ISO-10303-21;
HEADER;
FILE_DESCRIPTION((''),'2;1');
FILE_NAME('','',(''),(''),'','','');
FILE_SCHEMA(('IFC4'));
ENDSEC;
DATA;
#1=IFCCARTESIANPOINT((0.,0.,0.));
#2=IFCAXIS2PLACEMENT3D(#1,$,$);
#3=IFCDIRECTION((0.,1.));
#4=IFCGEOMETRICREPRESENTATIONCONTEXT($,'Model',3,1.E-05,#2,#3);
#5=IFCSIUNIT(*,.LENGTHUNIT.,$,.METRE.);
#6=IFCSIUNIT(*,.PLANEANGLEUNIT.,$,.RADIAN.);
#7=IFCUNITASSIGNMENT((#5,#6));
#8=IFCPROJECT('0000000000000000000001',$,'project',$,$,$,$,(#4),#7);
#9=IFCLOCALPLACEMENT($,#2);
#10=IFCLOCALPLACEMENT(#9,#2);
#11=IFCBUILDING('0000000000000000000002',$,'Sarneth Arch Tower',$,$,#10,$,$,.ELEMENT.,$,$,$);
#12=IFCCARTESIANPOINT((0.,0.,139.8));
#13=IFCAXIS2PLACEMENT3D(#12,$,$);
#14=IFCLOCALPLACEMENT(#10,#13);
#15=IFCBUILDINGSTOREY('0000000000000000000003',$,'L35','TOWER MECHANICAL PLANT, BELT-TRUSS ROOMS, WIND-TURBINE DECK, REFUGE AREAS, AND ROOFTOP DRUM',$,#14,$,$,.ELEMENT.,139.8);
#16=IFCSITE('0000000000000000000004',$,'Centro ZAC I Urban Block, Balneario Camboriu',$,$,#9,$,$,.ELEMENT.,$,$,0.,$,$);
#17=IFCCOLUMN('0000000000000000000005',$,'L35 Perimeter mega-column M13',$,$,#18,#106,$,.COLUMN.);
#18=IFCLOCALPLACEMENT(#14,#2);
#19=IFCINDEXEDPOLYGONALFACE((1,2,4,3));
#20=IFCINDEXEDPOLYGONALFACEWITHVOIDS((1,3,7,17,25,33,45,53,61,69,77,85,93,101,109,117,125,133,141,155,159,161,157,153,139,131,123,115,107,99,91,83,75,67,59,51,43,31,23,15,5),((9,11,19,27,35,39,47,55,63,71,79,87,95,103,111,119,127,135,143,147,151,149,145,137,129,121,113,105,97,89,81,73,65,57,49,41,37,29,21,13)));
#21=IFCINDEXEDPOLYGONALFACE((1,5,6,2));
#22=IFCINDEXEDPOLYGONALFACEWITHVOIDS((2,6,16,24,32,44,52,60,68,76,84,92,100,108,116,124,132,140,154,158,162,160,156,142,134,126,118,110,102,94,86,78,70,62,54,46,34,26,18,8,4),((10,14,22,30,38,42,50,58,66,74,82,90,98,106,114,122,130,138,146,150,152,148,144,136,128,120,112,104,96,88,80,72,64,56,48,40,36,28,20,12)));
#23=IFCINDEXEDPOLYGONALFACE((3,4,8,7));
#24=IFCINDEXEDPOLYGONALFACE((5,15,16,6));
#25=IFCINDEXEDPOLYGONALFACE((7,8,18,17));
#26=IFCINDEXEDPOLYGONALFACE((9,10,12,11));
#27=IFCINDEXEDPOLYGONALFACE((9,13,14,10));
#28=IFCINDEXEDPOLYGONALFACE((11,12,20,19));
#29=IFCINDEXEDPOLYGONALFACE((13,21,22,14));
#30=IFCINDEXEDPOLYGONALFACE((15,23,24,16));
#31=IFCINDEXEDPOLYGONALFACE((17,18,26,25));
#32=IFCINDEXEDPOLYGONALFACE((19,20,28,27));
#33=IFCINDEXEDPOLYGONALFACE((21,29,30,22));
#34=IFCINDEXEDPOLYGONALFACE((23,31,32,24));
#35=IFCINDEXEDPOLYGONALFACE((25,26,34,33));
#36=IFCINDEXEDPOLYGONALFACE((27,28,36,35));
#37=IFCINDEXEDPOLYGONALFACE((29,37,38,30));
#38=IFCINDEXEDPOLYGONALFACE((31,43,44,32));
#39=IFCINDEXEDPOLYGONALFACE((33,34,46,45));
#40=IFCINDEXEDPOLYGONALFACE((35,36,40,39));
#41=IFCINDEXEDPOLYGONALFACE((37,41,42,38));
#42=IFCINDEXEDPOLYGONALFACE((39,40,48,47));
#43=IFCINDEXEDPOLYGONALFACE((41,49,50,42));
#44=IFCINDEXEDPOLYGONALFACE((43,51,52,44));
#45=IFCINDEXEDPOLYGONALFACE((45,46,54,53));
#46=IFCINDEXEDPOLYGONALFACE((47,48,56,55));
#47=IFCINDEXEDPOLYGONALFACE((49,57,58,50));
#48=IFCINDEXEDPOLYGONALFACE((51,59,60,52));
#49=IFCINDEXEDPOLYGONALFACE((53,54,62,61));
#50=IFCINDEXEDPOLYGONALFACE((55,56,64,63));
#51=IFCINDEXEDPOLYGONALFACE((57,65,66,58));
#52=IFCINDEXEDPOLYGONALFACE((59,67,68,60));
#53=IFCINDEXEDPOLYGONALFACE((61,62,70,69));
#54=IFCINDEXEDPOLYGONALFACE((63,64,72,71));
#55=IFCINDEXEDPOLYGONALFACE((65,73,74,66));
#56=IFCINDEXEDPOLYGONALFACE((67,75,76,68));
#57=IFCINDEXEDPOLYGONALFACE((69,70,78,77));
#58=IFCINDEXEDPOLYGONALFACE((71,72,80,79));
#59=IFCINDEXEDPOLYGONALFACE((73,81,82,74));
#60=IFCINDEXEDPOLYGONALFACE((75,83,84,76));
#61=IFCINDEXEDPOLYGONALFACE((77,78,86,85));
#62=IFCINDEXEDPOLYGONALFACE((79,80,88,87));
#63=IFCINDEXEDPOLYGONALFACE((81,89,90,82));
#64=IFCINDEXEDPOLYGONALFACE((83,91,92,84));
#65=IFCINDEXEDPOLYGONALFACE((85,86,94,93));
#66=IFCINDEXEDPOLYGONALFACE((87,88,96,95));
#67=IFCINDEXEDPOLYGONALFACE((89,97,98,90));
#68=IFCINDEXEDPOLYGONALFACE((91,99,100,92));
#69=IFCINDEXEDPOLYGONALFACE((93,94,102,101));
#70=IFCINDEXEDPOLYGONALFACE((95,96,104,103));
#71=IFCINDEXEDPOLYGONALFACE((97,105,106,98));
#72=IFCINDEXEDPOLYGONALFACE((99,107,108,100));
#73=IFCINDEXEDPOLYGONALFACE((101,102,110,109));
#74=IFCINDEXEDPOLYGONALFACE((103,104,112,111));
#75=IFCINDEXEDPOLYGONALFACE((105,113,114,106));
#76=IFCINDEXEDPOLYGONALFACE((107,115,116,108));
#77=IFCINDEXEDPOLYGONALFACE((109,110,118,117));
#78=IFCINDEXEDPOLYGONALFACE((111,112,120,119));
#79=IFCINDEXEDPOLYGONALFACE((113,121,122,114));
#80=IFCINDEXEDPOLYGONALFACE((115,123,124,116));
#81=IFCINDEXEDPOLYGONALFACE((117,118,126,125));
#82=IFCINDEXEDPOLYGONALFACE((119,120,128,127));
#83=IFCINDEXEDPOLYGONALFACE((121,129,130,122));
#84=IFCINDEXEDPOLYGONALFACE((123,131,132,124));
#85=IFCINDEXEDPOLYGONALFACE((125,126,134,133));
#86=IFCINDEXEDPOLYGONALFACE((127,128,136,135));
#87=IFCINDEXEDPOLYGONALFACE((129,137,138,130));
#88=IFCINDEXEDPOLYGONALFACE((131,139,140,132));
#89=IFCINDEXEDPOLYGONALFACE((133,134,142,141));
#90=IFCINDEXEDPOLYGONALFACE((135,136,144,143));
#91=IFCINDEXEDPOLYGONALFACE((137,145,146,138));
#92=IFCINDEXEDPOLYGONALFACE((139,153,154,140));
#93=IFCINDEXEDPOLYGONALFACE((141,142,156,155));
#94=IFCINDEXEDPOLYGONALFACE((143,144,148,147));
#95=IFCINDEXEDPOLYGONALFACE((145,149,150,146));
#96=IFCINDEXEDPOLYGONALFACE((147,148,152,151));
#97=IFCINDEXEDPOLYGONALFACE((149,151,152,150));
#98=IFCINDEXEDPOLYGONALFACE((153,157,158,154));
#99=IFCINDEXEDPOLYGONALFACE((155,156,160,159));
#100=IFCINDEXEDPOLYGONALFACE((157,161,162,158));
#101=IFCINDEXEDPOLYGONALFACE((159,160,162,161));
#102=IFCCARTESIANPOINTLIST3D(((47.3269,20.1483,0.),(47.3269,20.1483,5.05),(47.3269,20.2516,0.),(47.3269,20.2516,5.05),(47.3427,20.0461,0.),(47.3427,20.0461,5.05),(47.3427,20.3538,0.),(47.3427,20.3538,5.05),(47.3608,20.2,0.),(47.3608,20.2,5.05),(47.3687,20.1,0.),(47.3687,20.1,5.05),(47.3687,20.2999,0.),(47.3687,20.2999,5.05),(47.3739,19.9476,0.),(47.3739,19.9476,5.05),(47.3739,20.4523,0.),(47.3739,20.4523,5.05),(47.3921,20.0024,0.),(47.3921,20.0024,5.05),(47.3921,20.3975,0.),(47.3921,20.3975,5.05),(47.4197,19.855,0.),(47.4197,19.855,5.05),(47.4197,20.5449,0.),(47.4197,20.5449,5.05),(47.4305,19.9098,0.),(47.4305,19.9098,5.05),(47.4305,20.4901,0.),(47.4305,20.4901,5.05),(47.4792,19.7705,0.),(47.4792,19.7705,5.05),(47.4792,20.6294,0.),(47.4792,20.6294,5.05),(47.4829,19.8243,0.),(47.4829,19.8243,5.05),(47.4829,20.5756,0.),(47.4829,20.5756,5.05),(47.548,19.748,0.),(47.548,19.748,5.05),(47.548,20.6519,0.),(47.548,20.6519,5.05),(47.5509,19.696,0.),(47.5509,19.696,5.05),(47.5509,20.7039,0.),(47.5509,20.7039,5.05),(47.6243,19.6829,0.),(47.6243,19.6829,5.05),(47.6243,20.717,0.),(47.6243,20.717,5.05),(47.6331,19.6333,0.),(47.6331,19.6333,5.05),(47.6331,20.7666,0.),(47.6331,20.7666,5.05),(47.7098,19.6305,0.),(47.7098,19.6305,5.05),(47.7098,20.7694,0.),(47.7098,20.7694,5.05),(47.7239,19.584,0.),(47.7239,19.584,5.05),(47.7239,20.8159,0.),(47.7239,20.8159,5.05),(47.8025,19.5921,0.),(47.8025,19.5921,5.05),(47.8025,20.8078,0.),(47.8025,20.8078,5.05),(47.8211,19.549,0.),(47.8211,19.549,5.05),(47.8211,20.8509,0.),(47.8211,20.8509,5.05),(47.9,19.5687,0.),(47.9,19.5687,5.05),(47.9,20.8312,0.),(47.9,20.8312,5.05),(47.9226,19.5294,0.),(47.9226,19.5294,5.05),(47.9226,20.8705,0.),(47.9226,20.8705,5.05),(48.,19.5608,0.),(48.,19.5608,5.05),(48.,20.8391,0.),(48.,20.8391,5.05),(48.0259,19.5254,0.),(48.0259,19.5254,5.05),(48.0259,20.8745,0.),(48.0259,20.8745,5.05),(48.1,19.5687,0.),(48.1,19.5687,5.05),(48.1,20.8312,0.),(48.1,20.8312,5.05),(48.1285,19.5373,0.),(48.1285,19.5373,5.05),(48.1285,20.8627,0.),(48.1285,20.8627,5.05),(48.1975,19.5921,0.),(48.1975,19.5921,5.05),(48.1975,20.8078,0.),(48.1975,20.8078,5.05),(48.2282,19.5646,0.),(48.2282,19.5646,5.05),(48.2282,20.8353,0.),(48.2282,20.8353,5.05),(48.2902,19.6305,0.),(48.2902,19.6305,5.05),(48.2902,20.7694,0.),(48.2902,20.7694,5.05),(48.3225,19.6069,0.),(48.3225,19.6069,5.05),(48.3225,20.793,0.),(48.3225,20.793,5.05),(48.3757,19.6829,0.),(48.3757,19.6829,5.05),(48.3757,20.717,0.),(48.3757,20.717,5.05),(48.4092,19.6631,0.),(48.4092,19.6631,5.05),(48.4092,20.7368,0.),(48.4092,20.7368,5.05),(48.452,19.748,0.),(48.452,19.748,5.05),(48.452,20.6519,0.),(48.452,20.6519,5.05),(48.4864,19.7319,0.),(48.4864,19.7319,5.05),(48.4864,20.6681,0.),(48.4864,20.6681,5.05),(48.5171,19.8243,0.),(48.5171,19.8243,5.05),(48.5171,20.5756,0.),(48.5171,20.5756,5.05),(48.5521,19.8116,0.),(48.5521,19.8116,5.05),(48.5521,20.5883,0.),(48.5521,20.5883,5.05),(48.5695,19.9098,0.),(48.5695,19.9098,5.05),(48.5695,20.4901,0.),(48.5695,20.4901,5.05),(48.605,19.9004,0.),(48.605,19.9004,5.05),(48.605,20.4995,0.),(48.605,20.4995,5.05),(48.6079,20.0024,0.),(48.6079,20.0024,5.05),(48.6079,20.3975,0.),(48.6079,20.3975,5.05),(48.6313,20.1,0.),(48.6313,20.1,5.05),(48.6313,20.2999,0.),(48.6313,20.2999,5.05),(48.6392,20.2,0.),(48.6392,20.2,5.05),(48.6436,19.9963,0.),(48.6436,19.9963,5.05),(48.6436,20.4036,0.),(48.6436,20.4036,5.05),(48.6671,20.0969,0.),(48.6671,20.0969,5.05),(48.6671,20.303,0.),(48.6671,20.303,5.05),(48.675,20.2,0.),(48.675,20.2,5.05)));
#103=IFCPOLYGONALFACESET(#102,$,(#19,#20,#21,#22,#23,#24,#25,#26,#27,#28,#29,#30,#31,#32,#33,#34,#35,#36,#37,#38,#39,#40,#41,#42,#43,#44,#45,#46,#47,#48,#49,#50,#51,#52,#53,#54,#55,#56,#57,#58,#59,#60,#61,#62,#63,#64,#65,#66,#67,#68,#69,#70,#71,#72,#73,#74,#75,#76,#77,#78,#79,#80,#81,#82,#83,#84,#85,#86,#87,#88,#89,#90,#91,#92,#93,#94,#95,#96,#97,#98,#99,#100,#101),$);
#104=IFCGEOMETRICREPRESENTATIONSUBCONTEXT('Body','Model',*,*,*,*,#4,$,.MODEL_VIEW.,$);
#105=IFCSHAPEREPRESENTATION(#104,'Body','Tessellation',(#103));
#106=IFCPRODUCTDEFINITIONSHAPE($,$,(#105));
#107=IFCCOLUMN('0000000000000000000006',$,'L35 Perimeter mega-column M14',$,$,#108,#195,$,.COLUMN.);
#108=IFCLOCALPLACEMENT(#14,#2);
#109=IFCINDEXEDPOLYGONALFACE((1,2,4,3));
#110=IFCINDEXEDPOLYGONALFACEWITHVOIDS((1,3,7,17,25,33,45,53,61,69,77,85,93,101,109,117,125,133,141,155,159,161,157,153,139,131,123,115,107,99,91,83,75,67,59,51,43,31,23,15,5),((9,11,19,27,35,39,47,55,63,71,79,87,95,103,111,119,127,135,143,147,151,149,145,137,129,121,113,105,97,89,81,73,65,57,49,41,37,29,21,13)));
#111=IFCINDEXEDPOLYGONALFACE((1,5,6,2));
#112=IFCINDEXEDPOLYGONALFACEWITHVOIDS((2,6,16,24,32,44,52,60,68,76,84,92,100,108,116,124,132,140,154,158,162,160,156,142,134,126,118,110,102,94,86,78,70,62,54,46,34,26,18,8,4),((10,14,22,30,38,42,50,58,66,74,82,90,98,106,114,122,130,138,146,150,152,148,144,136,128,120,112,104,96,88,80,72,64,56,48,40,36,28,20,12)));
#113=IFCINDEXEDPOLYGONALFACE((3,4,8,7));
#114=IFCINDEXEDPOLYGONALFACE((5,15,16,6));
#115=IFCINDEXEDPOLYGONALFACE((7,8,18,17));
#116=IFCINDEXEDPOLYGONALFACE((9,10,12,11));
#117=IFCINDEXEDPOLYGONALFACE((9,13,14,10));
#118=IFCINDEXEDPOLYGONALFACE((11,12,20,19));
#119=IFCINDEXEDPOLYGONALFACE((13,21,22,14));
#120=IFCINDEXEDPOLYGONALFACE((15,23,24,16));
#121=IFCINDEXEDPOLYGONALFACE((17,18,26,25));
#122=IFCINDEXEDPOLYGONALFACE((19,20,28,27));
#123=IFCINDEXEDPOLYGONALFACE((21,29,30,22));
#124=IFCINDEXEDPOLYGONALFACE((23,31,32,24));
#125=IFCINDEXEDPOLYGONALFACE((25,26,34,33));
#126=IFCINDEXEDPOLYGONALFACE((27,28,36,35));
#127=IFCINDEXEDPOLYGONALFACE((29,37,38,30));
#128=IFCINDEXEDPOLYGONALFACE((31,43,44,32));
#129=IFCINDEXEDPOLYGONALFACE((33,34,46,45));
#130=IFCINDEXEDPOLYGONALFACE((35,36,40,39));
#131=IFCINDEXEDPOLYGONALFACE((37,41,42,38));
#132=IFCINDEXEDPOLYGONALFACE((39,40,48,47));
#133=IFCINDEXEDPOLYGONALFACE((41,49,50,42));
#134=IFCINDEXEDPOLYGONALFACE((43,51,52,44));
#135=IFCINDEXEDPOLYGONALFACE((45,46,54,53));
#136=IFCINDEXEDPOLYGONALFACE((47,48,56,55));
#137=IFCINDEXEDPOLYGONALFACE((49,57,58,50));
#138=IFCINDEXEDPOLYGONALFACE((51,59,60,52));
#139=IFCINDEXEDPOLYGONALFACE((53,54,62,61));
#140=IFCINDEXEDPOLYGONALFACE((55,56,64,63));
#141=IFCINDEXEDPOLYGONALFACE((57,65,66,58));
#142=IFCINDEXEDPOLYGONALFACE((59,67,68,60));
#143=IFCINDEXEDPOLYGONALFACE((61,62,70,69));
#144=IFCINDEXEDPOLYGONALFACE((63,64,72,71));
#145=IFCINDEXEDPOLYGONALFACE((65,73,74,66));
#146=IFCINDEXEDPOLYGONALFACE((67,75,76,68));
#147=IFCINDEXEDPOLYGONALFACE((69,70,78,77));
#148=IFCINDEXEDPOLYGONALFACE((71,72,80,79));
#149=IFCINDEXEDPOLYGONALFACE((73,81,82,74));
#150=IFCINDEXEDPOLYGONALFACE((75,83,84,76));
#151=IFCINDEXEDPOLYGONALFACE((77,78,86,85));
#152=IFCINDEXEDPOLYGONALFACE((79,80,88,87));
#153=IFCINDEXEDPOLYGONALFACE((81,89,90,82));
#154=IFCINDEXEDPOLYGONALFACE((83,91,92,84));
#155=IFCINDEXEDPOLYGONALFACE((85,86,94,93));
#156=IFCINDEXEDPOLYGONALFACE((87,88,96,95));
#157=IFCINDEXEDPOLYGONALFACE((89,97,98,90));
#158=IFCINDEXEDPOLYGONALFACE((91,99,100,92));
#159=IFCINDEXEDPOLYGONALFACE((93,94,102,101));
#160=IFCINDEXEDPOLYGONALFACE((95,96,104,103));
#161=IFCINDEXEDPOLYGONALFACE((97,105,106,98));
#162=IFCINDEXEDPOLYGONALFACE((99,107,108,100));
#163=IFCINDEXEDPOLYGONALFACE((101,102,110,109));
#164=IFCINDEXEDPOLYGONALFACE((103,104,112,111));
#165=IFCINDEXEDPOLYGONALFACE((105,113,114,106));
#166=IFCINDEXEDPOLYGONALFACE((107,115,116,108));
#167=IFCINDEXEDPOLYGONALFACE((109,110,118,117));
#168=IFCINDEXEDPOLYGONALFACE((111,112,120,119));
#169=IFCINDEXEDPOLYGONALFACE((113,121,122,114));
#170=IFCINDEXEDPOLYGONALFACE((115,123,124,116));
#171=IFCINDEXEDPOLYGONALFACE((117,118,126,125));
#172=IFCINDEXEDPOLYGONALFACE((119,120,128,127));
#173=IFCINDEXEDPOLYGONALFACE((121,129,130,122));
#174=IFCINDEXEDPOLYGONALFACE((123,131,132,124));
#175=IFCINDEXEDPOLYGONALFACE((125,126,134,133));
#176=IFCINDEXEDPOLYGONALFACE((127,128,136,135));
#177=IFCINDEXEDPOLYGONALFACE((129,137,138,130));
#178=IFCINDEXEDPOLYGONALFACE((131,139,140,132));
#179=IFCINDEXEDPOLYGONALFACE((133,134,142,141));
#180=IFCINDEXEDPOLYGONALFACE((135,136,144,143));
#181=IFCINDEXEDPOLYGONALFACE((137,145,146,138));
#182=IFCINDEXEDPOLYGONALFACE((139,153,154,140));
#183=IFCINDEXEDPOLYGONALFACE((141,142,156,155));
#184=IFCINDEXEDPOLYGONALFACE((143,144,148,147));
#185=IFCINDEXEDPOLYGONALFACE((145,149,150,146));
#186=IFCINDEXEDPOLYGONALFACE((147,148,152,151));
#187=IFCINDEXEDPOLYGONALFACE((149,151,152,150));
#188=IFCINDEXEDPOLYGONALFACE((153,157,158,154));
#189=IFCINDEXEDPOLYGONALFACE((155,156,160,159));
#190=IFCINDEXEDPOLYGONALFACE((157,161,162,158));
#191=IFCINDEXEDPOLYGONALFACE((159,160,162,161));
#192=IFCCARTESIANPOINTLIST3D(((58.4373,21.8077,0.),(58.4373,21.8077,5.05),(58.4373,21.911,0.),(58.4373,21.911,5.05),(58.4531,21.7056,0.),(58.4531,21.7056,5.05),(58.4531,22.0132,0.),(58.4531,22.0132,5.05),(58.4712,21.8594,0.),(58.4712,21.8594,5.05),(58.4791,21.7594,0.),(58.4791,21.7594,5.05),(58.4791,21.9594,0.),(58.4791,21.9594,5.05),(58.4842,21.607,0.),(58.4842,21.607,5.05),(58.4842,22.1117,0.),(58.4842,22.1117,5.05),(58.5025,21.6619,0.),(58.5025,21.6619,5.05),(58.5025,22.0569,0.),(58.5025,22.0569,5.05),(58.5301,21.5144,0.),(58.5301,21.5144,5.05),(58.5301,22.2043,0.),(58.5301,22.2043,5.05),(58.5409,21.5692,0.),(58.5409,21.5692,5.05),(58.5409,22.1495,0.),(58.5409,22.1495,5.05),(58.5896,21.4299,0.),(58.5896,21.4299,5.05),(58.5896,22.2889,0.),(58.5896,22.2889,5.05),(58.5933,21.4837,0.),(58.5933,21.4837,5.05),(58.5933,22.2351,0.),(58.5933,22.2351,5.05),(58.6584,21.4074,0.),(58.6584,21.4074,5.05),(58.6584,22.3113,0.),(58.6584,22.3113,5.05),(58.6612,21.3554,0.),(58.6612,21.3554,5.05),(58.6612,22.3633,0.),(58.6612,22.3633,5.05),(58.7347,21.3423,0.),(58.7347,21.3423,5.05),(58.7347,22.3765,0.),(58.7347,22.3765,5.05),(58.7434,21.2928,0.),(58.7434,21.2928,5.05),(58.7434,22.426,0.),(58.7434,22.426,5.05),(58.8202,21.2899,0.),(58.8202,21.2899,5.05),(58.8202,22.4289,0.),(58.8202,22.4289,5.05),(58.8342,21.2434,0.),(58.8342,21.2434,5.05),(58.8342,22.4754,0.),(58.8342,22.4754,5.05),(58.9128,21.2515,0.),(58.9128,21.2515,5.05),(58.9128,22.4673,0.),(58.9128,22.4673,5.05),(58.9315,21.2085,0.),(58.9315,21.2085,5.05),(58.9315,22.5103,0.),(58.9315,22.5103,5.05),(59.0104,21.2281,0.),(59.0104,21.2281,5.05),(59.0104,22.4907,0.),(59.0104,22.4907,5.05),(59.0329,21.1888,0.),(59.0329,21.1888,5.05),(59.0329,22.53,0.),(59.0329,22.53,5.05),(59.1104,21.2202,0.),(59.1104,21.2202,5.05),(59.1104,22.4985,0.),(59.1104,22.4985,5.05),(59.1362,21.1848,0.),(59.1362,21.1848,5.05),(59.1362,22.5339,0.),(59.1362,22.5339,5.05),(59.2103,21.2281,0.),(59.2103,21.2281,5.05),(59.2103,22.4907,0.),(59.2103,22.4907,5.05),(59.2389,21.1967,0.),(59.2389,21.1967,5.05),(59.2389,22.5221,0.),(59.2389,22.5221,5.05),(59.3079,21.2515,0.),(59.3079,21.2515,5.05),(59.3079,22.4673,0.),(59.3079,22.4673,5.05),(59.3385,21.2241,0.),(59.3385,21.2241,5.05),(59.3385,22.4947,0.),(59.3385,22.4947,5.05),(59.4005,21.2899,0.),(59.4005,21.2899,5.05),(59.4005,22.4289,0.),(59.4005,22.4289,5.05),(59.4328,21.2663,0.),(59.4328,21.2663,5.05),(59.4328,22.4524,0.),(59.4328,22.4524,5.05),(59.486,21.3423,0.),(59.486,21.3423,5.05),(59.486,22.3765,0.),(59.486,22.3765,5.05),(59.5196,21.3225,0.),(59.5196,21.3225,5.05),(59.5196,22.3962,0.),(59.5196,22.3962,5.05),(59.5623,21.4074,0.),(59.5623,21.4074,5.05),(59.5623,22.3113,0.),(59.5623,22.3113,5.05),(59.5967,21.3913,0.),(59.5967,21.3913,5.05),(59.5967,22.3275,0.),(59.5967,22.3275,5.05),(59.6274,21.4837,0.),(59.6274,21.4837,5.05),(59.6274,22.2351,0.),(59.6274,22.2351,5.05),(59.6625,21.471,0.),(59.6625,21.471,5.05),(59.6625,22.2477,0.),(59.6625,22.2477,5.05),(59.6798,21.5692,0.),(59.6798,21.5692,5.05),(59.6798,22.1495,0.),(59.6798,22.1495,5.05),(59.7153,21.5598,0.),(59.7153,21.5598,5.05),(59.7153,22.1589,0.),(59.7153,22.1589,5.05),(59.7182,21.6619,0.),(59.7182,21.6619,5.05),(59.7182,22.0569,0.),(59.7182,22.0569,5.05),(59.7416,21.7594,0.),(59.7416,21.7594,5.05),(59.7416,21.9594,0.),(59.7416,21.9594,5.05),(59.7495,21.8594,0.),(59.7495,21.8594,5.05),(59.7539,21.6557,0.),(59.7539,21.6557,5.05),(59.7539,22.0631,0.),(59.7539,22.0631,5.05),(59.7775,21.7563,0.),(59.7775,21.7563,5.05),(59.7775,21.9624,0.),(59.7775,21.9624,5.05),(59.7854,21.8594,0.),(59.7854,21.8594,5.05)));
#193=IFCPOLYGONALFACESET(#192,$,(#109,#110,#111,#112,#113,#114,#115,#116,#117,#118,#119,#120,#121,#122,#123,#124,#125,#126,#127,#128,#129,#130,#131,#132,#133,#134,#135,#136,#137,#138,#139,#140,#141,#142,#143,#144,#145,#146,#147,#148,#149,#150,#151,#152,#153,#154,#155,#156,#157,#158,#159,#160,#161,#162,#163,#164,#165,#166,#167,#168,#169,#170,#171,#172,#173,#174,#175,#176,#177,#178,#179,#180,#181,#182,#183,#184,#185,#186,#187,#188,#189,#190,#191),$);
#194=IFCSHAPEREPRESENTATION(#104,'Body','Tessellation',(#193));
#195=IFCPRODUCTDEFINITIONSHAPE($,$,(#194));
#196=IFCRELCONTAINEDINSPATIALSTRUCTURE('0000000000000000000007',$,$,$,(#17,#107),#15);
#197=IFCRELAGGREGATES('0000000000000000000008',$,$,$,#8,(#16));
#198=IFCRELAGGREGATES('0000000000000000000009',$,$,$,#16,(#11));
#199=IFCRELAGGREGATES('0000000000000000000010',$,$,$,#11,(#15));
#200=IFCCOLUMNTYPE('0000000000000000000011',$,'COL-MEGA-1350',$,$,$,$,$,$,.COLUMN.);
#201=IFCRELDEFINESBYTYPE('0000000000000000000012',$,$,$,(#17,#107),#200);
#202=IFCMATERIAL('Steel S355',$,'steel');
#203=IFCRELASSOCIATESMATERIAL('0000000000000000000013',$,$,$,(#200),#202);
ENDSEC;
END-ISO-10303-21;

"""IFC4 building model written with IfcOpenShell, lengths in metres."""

from ifc_helpers import new_model, si_unit, direction, frame, origin, origin_2d, place, context, subcontext, project, spatial, hollow_circle, extrude, material, material_profile, profile_set, type_object, element, save


model = new_model("IFC4")

# Units and contexts
model_context = context("Model", 3, precision=1e-05, world=origin(), true_north=direction((0.0, 1.0)))
body_context = subcontext(model_context, "Body", "Model", "MODEL_VIEW")
ifc_project = project(units=[si_unit("LENGTHUNIT", "METRE"), si_unit("PLANEANGLEUNIT", "RADIAN")], contexts=[model_context])

# Site, building, storey
site_placement = place(None, origin())
site = spatial("IfcSite", under=ifc_project, at=site_placement, Name="Centro ZAC I Urban Block, Balneario Camboriu", CompositionType="ELEMENT", RefElevation=0.0)
building_placement = place(site_placement, origin())
building = spatial("IfcBuilding", under=site, at=building_placement, Name="Sarneth Arch Tower", CompositionType="ELEMENT")
storey_placement = place(building_placement, frame((0.0, 0.0, 139.8)))
storey = spatial("IfcBuildingStorey", under=building, at=storey_placement, Name="L35", Description="TOWER MECHANICAL PLANT, BELT-TRUSS ROOMS, WIND-TURBINE DECK, REFUGE AREAS, AND ROOFTOP DRUM", CompositionType="ELEMENT", Elevation=139.8)

# Columns
ifc_material_1 = material(Name="Steel S355", Category="steel")
ifc_material_profile_1 = material_profile(ifc_material_1, hollow_circle(Radius=0.675, WallThickness=0.0359, at=origin_2d()), Name="CHS1350x36")
ifc_profile_set_1 = profile_set([ifc_material_profile_1], Name="Steel S355")
column_type = type_object("IfcColumnType", Name="COL-MEGA-1350", PredefinedType="COLUMN", material=ifc_profile_set_1)
for number, where, z_axis, x_axis, name in (
    (1, (48.0, 20.2, 0.0), (0.0, 0.0, 1.0), (1.0, 0.0, 0.0), "L35 Perimeter mega-column M13"),
    (2, (59.1104, 21.8594, 0.0), (0.0, 0.0, 1.0), (1.0, 0.0, 0.0), "L35 Perimeter mega-column M14"),
):
    element("IfcColumn", number, at=place(storey_placement, frame(where, z_axis=z_axis, x_axis=x_axis)), inside=storey, type_object=column_type, Name=name, PredefinedType="COLUMN", context=body_context, shape_type="SweptSolid", body=[
        extrude(hollow_circle(Radius=0.675, WallThickness=0.0359, at=origin_2d()), origin(), (0.0, 0.0, 1.0), 5.05),
    ])

save(model, "model.ifc")
